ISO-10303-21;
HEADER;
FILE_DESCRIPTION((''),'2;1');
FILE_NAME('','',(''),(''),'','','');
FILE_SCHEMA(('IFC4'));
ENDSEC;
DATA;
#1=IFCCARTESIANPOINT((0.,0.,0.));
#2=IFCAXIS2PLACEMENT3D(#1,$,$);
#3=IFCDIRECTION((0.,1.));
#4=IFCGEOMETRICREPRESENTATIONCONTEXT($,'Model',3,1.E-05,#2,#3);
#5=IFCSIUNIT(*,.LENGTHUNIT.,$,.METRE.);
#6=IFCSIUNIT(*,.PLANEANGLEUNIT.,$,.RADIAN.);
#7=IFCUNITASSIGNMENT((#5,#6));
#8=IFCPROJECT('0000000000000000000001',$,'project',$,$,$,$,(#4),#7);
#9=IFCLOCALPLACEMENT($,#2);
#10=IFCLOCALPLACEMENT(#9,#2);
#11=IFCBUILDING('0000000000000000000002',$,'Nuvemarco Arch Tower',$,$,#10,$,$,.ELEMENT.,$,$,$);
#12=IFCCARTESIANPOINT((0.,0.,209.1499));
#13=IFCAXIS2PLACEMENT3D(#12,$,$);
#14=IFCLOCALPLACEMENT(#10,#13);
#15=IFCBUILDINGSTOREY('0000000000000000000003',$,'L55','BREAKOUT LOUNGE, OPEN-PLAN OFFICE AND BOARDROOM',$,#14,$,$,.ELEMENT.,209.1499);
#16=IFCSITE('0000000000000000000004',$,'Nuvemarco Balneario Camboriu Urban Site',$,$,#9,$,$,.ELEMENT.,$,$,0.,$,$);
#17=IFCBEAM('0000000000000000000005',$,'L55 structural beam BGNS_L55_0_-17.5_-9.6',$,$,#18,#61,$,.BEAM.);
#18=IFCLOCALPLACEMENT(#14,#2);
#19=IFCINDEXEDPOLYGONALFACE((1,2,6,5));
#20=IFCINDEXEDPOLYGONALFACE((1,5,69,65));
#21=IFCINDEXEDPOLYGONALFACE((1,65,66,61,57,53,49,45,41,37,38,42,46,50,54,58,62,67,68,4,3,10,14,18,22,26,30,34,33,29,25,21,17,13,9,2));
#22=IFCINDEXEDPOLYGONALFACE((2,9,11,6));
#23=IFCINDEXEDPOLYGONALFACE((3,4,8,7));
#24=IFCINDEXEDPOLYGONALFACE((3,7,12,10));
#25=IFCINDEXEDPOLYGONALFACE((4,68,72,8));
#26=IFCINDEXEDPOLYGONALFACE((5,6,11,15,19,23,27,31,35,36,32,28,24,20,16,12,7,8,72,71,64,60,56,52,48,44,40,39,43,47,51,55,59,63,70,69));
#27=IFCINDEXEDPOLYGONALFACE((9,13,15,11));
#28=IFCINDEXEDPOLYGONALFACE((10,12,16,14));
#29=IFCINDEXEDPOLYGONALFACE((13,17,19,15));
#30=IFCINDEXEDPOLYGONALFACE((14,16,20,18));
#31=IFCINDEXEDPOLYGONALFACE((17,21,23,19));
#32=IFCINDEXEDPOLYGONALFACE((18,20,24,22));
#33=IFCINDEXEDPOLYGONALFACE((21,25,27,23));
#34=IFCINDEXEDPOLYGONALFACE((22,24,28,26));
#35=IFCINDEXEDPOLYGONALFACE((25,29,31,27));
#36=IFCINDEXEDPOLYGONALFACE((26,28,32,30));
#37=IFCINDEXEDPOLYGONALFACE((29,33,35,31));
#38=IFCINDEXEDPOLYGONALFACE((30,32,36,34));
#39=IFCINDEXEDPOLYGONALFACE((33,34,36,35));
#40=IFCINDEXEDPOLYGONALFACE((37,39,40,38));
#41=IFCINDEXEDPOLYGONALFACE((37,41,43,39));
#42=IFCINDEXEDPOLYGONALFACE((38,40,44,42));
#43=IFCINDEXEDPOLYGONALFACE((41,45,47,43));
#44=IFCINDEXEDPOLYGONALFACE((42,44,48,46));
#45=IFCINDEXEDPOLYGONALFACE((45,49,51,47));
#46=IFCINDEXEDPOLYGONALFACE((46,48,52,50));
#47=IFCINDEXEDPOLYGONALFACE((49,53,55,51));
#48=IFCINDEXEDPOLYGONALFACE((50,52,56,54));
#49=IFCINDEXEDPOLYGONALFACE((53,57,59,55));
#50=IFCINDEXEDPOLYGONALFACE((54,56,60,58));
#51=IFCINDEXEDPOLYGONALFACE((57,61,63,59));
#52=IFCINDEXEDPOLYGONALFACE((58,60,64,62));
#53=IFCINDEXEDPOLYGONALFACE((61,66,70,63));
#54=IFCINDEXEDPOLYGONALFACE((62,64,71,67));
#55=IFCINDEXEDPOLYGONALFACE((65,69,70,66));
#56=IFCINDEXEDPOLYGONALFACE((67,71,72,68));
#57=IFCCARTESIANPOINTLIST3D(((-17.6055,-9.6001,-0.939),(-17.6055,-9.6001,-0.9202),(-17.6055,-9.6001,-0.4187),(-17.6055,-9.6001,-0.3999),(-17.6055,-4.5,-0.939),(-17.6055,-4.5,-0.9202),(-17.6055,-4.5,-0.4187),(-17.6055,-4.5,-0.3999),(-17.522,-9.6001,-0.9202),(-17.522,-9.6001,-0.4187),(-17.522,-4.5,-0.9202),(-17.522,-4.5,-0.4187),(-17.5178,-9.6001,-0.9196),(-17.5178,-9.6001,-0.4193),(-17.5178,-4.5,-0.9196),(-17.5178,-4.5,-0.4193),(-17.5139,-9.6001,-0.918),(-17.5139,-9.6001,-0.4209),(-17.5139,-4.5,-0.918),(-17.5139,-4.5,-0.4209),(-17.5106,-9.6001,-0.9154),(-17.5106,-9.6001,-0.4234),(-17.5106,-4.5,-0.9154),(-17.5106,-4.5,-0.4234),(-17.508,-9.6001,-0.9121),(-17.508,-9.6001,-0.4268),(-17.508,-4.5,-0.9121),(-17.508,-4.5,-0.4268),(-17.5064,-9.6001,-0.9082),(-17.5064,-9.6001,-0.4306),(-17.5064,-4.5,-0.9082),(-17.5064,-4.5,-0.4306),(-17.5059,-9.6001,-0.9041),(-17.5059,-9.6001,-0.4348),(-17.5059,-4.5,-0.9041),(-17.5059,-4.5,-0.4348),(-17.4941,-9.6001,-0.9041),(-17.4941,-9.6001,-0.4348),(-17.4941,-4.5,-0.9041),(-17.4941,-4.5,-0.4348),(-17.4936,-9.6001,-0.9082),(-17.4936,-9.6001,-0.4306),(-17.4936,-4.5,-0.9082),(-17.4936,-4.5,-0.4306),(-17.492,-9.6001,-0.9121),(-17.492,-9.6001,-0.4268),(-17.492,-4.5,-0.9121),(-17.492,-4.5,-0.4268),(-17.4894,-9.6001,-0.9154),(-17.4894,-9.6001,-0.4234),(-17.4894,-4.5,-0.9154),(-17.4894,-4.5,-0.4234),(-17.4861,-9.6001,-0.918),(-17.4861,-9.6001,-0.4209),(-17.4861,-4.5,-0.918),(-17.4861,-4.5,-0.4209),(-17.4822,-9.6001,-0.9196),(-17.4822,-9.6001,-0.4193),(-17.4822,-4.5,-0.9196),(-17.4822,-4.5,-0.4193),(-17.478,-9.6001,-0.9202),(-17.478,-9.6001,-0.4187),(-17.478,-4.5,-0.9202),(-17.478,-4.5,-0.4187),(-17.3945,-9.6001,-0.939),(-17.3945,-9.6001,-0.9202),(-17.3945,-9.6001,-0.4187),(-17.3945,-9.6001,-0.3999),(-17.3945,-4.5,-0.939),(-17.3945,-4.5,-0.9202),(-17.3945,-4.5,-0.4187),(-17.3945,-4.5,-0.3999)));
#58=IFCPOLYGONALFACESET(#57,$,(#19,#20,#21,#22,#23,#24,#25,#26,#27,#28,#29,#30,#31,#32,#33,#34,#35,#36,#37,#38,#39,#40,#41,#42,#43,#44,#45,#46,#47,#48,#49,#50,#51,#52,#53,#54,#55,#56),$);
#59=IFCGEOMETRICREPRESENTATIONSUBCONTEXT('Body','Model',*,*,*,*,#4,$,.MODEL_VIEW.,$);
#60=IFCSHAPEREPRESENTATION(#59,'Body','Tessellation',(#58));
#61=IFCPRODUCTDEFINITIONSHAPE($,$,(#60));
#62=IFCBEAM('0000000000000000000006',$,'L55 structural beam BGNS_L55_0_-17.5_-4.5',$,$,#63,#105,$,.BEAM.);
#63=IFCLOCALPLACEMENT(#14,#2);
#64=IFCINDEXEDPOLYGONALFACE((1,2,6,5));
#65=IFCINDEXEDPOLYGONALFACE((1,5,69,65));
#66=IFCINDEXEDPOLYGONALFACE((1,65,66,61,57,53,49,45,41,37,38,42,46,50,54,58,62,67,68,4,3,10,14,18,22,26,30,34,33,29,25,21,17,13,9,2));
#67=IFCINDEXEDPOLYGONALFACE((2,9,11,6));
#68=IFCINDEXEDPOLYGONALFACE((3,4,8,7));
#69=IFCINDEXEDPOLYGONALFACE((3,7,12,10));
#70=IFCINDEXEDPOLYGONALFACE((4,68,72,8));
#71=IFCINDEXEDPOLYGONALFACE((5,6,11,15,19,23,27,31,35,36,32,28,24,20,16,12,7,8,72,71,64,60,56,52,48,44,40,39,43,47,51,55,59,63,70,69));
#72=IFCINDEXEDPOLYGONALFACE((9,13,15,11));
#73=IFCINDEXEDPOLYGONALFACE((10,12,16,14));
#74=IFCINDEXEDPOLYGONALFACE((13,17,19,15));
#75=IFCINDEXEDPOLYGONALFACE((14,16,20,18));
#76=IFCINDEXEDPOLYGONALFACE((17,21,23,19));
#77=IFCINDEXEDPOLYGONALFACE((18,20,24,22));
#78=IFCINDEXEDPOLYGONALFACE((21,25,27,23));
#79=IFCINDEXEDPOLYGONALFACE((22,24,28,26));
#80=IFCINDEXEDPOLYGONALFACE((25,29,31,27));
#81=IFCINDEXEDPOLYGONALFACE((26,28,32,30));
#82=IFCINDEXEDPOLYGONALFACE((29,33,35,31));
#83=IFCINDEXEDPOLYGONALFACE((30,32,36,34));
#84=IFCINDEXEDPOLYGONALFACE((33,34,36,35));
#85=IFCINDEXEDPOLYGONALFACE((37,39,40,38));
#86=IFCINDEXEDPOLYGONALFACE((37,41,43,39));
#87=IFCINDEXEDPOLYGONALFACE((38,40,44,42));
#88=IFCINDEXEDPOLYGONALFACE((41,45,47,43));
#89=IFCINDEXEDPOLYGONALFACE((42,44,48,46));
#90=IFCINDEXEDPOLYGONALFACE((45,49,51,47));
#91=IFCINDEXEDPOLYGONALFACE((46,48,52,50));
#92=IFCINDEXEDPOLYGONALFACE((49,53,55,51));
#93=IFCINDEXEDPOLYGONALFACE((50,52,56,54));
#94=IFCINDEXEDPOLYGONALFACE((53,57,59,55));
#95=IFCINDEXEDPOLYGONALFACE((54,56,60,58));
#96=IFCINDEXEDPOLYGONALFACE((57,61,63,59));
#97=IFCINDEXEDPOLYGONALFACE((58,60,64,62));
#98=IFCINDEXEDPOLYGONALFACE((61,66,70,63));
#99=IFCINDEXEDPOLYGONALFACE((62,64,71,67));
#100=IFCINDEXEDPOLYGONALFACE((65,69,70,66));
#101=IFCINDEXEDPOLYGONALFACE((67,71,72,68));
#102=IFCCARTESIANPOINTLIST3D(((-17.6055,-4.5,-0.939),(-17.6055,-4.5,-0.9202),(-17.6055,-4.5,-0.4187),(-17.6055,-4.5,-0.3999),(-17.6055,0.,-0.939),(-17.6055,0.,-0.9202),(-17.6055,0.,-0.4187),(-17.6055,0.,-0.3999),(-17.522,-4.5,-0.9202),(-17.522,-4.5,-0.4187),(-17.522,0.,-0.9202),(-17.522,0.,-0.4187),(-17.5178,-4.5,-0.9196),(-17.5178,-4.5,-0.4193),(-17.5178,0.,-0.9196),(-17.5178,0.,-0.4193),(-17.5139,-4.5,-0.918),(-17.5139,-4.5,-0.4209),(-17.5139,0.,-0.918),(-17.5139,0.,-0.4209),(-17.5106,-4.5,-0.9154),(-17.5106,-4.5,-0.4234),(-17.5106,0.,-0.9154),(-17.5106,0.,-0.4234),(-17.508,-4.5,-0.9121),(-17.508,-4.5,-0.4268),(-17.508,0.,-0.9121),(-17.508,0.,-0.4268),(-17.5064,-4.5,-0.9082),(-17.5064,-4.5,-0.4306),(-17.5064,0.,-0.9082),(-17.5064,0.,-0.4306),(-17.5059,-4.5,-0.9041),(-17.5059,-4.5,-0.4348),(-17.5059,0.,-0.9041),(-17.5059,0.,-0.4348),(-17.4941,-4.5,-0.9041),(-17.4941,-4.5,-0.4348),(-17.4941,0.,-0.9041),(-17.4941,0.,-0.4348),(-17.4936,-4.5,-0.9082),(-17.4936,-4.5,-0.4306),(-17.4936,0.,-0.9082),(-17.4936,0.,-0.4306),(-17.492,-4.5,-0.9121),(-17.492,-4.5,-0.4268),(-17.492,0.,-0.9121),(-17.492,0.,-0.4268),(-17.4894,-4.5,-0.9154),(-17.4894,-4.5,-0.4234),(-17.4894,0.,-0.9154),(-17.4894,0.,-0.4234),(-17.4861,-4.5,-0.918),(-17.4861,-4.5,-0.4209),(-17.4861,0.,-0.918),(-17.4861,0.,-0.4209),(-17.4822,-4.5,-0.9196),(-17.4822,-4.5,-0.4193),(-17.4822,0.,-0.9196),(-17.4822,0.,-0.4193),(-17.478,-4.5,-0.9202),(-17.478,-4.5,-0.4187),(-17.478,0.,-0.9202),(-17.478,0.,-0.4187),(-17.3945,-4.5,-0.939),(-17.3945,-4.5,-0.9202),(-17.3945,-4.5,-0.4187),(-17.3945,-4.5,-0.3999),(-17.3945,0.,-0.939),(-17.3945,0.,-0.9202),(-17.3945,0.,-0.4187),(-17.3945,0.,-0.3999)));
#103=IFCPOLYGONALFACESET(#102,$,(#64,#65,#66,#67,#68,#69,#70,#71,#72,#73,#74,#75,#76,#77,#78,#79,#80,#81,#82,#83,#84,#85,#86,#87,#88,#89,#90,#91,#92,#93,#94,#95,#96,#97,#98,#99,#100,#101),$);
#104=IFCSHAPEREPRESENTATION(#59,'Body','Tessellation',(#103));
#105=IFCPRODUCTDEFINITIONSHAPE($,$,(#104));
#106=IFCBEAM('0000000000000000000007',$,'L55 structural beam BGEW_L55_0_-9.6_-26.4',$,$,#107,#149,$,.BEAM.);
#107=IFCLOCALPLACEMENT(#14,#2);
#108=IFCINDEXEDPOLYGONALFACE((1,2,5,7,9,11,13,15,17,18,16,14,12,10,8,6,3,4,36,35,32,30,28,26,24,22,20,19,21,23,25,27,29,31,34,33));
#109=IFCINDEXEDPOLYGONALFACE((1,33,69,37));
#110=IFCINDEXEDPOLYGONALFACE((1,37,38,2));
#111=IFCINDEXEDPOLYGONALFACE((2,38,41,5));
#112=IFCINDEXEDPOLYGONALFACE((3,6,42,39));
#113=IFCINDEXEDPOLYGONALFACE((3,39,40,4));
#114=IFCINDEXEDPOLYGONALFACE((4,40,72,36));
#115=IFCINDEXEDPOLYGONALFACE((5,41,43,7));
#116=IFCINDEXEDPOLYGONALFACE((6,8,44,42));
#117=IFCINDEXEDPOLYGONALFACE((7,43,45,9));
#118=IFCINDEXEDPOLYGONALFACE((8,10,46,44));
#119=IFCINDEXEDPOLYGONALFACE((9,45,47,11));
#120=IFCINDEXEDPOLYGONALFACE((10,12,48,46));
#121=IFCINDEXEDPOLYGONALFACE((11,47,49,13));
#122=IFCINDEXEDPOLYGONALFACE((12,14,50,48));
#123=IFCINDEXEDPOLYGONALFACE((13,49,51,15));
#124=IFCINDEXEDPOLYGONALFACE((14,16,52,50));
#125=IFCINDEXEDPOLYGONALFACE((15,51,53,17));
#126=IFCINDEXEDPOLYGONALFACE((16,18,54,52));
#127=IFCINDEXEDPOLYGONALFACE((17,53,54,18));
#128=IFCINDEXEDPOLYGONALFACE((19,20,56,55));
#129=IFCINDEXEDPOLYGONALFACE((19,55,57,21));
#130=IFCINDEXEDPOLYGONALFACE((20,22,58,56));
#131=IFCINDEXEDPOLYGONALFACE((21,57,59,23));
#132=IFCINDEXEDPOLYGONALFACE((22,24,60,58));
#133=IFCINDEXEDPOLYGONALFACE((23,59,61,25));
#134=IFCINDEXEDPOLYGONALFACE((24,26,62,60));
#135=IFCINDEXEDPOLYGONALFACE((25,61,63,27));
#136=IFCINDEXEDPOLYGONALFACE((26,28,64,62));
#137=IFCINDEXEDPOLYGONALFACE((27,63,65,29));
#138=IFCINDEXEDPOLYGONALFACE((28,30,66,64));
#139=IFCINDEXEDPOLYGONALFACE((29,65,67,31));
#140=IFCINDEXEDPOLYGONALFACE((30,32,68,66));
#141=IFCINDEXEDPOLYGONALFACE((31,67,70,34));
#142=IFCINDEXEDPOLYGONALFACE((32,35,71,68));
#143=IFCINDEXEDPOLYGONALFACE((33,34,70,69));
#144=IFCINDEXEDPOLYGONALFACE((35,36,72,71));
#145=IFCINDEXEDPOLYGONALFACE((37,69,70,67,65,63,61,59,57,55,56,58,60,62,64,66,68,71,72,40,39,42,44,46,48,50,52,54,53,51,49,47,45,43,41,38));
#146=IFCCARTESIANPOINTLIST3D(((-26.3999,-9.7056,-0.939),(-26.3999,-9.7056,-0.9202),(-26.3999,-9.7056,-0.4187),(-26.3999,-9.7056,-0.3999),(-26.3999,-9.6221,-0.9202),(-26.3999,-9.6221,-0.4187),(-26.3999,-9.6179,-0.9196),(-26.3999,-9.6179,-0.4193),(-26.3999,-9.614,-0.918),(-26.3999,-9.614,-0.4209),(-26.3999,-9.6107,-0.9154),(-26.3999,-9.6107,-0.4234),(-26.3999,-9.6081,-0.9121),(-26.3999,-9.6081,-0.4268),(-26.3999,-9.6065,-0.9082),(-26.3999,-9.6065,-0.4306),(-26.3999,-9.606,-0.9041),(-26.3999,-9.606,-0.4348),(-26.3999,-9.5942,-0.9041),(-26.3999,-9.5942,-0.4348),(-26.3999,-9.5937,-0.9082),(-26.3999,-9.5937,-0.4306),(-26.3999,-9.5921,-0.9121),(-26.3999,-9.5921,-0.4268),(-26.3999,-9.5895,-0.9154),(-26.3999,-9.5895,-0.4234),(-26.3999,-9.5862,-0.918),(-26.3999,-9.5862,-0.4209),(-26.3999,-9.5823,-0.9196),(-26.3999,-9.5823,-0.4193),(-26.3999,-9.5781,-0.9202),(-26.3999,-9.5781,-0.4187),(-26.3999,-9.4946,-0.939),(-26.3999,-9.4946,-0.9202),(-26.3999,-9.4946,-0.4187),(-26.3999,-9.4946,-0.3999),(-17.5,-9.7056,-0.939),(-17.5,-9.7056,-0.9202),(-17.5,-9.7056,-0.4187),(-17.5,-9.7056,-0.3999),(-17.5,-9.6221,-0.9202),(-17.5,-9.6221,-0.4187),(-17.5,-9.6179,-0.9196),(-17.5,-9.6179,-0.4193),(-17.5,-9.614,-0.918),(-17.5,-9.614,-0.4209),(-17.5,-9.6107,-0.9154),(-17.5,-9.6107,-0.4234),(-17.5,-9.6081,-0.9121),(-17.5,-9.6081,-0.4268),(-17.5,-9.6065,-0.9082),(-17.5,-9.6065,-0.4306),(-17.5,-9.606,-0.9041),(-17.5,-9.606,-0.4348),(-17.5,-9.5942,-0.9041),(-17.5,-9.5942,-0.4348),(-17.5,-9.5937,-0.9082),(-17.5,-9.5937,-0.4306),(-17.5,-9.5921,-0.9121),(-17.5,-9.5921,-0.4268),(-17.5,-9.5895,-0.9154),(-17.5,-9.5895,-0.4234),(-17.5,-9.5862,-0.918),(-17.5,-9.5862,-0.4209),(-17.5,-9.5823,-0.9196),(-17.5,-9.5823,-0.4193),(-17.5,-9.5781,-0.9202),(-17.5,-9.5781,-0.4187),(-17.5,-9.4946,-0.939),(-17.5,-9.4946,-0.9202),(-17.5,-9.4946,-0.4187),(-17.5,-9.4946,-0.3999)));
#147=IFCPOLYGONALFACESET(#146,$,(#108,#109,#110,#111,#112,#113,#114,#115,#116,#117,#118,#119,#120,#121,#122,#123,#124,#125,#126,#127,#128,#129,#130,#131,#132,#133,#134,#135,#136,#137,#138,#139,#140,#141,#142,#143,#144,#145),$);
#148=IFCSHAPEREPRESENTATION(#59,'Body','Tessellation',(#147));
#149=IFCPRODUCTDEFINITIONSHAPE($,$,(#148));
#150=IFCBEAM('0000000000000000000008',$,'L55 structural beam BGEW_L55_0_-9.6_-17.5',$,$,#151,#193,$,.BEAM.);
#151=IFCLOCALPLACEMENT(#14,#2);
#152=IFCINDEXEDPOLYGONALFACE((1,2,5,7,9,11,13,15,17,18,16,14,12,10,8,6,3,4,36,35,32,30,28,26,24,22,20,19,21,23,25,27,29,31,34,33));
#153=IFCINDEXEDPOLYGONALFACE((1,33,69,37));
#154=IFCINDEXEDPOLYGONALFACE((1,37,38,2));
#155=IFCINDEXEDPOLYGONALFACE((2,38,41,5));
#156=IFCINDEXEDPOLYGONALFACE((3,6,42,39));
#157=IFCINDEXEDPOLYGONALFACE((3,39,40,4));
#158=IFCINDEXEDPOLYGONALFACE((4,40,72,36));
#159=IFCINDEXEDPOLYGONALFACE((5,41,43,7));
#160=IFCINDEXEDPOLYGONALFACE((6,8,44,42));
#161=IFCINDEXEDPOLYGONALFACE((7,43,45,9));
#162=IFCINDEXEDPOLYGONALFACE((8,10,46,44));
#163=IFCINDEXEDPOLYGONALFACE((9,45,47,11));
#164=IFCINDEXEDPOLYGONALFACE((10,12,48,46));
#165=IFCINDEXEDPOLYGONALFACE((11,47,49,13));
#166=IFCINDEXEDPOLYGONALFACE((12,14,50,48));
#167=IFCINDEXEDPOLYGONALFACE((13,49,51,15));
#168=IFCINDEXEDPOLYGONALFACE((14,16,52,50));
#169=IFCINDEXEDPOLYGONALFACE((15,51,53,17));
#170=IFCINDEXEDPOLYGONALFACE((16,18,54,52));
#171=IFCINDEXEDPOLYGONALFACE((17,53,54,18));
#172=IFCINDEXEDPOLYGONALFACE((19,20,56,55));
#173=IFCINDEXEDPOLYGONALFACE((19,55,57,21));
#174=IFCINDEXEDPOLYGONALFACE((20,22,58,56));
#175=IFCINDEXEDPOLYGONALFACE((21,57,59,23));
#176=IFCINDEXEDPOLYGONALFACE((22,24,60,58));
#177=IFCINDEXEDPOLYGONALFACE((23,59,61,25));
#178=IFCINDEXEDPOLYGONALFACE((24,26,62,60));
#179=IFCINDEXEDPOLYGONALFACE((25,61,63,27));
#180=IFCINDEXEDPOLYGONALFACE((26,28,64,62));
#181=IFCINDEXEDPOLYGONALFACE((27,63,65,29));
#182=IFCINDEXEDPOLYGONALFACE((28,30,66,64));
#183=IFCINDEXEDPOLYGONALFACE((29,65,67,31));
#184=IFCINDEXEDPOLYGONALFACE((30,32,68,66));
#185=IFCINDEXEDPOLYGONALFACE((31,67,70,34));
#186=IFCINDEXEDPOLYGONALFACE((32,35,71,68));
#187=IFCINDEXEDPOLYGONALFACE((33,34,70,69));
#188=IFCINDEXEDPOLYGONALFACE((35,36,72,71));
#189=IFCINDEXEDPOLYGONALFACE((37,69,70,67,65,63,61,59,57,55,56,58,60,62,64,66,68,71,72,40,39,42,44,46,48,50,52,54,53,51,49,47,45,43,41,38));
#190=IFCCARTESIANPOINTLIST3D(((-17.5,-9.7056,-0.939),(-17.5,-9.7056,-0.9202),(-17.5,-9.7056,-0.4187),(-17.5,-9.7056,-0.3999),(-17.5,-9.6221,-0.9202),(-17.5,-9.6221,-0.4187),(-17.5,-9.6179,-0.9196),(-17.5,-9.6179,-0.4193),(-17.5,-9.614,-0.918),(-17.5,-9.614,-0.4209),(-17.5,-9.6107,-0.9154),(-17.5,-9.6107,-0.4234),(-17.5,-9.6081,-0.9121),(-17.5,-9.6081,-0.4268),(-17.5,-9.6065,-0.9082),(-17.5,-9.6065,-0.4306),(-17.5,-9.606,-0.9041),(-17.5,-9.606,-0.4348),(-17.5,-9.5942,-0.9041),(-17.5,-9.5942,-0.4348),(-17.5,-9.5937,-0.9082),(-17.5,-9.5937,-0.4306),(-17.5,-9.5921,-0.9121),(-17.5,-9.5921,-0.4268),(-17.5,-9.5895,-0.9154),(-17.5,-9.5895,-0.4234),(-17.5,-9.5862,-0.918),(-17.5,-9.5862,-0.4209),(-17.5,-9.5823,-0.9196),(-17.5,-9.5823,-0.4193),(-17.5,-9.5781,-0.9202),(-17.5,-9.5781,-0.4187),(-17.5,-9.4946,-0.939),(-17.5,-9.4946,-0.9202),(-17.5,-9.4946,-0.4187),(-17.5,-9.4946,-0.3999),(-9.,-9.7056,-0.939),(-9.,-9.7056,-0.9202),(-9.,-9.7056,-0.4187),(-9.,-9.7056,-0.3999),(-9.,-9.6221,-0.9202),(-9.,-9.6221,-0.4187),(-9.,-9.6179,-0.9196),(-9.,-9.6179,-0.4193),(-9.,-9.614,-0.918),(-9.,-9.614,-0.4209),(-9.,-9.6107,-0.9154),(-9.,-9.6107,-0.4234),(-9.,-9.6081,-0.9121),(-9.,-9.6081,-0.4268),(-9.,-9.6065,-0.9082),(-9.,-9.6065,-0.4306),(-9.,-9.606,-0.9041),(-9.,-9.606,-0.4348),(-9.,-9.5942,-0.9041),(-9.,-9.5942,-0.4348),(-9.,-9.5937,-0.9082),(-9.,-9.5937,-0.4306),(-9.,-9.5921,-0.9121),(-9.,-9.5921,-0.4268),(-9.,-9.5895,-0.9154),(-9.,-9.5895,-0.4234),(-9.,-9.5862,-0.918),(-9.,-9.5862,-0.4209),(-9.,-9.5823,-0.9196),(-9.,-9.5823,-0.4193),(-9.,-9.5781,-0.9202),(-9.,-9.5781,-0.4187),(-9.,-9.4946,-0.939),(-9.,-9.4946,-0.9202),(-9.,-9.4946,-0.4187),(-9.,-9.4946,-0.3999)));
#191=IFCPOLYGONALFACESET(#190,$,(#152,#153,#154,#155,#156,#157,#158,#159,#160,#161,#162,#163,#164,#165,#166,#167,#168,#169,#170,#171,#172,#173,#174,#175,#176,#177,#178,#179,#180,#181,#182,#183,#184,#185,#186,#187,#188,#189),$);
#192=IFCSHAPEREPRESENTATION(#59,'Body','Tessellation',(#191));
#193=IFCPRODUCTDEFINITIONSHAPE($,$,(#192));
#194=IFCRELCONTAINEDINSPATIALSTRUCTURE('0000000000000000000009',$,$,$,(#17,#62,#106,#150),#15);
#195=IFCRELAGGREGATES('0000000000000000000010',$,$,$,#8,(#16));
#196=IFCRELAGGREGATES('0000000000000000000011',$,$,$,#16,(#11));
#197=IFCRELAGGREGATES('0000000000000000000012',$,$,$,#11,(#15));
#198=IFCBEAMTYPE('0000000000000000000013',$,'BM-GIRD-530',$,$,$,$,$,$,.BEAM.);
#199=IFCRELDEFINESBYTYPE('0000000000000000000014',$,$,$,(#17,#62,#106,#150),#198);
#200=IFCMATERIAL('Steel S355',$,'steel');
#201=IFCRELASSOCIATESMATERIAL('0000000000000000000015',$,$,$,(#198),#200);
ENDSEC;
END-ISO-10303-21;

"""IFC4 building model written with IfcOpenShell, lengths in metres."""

from ifc_helpers import new_model, si_unit, direction, frame, origin, origin_2d, place, context, subcontext, project, spatial, i_section, extrude, material, material_profile, profile_set, type_object, element, save


model = new_model("IFC4")

# Units and contexts
model_context = context("Model", 3, precision=1e-05, world=origin(), true_north=direction((0.0, 1.0)))
body_context = subcontext(model_context, "Body", "Model", "MODEL_VIEW")
ifc_project = project(units=[si_unit("LENGTHUNIT", "METRE"), si_unit("PLANEANGLEUNIT", "RADIAN")], contexts=[model_context])

# Site, building, storey
site_placement = place(None, origin())
site = spatial("IfcSite", under=ifc_project, at=site_placement, Name="Nuvemarco Balneario Camboriu Urban Site", CompositionType="ELEMENT", RefElevation=0.0)
building_placement = place(site_placement, origin())
building = spatial("IfcBuilding", under=site, at=building_placement, Name="Nuvemarco Arch Tower", CompositionType="ELEMENT")
storey_placement = place(building_placement, frame((0.0, 0.0, 209.1499)))
storey = spatial("IfcBuildingStorey", under=building, at=storey_placement, Name="L55", Description="BREAKOUT LOUNGE, OPEN-PLAN OFFICE AND BOARDROOM", CompositionType="ELEMENT", Elevation=209.1499)

# Shared definitions
ifc_material_1 = material(Name="Steel S355", Category="steel")

# Beams
ifc_material_profile_1 = material_profile(ifc_material_1, i_section(OverallWidth=0.2109, OverallDepth=0.5391, WebThickness=0.0117, FlangeThickness=0.0188, FilletRadius=0.0161, at=origin_2d()), Name="W530x109")
ifc_profile_set_1 = profile_set([ifc_material_profile_1], Name="Steel S355")
beam_type_1 = type_object("IfcBeamType", Name="BM-GIRD-530", PredefinedType="BEAM", material=ifc_profile_set_1)
beam_1_placement = place(storey_placement, frame((-17.5, -9.6001, -0.6694), z_axis=(0.0, 1.0, 0.0), x_axis=(-1.0, 0.0, 0.0)))
element("IfcBeam", 1, at=beam_1_placement, inside=storey, type_object=beam_type_1, Name="L55 structural beam BGNS_L55_0_-17.5_-9.6", PredefinedType="BEAM", context=body_context, shape_type="SweptSolid", body=[
    extrude(i_section(OverallWidth=0.2109, OverallDepth=0.5391, WebThickness=0.0117, FlangeThickness=0.0188, FilletRadius=0.0161, at=origin_2d()), origin(), (0.0, 0.0, 1.0), 5.1001),
])
beam_2_placement = place(storey_placement, frame((-17.5, -4.5, -0.6694), z_axis=(0.0, 1.0, 0.0), x_axis=(-1.0, 0.0, 0.0)))
element("IfcBeam", 2, at=beam_2_placement, inside=storey, type_object=beam_type_1, Name="L55 structural beam BGNS_L55_0_-17.5_-4.5", PredefinedType="BEAM", context=body_context, shape_type="SweptSolid", body=[
    extrude(i_section(OverallWidth=0.2109, OverallDepth=0.5391, WebThickness=0.0117, FlangeThickness=0.0188, FilletRadius=0.0161, at=origin_2d()), origin(), (0.0, 0.0, 1.0), 4.5),
])
beam_3_placement = place(storey_placement, frame((-26.3999, -9.6001, -0.6694), z_axis=(1.0, 0.0, 0.0), x_axis=(0.0, 1.0, 0.0)))
element("IfcBeam", 3, at=beam_3_placement, inside=storey, type_object=beam_type_1, Name="L55 structural beam BGEW_L55_0_-9.6_-26.4", PredefinedType="BEAM", context=body_context, shape_type="SweptSolid", body=[
    extrude(i_section(OverallWidth=0.2109, OverallDepth=0.5391, WebThickness=0.0117, FlangeThickness=0.0188, FilletRadius=0.0161, at=origin_2d()), origin(), (0.0, 0.0, 1.0), 8.8999),
])
beam_4_placement = place(storey_placement, frame((-17.5, -9.6001, -0.6694), z_axis=(1.0, 0.0, 0.0), x_axis=(0.0, 1.0, 0.0)))
element("IfcBeam", 4, at=beam_4_placement, inside=storey, type_object=beam_type_1, Name="L55 structural beam BGEW_L55_0_-9.6_-17.5", PredefinedType="BEAM", context=body_context, shape_type="SweptSolid", body=[
    extrude(i_section(OverallWidth=0.2109, OverallDepth=0.5391, WebThickness=0.0117, FlangeThickness=0.0188, FilletRadius=0.0161, at=origin_2d()), origin(), (0.0, 0.0, 1.0), 8.5),
])

save(model, "model.ifc")
